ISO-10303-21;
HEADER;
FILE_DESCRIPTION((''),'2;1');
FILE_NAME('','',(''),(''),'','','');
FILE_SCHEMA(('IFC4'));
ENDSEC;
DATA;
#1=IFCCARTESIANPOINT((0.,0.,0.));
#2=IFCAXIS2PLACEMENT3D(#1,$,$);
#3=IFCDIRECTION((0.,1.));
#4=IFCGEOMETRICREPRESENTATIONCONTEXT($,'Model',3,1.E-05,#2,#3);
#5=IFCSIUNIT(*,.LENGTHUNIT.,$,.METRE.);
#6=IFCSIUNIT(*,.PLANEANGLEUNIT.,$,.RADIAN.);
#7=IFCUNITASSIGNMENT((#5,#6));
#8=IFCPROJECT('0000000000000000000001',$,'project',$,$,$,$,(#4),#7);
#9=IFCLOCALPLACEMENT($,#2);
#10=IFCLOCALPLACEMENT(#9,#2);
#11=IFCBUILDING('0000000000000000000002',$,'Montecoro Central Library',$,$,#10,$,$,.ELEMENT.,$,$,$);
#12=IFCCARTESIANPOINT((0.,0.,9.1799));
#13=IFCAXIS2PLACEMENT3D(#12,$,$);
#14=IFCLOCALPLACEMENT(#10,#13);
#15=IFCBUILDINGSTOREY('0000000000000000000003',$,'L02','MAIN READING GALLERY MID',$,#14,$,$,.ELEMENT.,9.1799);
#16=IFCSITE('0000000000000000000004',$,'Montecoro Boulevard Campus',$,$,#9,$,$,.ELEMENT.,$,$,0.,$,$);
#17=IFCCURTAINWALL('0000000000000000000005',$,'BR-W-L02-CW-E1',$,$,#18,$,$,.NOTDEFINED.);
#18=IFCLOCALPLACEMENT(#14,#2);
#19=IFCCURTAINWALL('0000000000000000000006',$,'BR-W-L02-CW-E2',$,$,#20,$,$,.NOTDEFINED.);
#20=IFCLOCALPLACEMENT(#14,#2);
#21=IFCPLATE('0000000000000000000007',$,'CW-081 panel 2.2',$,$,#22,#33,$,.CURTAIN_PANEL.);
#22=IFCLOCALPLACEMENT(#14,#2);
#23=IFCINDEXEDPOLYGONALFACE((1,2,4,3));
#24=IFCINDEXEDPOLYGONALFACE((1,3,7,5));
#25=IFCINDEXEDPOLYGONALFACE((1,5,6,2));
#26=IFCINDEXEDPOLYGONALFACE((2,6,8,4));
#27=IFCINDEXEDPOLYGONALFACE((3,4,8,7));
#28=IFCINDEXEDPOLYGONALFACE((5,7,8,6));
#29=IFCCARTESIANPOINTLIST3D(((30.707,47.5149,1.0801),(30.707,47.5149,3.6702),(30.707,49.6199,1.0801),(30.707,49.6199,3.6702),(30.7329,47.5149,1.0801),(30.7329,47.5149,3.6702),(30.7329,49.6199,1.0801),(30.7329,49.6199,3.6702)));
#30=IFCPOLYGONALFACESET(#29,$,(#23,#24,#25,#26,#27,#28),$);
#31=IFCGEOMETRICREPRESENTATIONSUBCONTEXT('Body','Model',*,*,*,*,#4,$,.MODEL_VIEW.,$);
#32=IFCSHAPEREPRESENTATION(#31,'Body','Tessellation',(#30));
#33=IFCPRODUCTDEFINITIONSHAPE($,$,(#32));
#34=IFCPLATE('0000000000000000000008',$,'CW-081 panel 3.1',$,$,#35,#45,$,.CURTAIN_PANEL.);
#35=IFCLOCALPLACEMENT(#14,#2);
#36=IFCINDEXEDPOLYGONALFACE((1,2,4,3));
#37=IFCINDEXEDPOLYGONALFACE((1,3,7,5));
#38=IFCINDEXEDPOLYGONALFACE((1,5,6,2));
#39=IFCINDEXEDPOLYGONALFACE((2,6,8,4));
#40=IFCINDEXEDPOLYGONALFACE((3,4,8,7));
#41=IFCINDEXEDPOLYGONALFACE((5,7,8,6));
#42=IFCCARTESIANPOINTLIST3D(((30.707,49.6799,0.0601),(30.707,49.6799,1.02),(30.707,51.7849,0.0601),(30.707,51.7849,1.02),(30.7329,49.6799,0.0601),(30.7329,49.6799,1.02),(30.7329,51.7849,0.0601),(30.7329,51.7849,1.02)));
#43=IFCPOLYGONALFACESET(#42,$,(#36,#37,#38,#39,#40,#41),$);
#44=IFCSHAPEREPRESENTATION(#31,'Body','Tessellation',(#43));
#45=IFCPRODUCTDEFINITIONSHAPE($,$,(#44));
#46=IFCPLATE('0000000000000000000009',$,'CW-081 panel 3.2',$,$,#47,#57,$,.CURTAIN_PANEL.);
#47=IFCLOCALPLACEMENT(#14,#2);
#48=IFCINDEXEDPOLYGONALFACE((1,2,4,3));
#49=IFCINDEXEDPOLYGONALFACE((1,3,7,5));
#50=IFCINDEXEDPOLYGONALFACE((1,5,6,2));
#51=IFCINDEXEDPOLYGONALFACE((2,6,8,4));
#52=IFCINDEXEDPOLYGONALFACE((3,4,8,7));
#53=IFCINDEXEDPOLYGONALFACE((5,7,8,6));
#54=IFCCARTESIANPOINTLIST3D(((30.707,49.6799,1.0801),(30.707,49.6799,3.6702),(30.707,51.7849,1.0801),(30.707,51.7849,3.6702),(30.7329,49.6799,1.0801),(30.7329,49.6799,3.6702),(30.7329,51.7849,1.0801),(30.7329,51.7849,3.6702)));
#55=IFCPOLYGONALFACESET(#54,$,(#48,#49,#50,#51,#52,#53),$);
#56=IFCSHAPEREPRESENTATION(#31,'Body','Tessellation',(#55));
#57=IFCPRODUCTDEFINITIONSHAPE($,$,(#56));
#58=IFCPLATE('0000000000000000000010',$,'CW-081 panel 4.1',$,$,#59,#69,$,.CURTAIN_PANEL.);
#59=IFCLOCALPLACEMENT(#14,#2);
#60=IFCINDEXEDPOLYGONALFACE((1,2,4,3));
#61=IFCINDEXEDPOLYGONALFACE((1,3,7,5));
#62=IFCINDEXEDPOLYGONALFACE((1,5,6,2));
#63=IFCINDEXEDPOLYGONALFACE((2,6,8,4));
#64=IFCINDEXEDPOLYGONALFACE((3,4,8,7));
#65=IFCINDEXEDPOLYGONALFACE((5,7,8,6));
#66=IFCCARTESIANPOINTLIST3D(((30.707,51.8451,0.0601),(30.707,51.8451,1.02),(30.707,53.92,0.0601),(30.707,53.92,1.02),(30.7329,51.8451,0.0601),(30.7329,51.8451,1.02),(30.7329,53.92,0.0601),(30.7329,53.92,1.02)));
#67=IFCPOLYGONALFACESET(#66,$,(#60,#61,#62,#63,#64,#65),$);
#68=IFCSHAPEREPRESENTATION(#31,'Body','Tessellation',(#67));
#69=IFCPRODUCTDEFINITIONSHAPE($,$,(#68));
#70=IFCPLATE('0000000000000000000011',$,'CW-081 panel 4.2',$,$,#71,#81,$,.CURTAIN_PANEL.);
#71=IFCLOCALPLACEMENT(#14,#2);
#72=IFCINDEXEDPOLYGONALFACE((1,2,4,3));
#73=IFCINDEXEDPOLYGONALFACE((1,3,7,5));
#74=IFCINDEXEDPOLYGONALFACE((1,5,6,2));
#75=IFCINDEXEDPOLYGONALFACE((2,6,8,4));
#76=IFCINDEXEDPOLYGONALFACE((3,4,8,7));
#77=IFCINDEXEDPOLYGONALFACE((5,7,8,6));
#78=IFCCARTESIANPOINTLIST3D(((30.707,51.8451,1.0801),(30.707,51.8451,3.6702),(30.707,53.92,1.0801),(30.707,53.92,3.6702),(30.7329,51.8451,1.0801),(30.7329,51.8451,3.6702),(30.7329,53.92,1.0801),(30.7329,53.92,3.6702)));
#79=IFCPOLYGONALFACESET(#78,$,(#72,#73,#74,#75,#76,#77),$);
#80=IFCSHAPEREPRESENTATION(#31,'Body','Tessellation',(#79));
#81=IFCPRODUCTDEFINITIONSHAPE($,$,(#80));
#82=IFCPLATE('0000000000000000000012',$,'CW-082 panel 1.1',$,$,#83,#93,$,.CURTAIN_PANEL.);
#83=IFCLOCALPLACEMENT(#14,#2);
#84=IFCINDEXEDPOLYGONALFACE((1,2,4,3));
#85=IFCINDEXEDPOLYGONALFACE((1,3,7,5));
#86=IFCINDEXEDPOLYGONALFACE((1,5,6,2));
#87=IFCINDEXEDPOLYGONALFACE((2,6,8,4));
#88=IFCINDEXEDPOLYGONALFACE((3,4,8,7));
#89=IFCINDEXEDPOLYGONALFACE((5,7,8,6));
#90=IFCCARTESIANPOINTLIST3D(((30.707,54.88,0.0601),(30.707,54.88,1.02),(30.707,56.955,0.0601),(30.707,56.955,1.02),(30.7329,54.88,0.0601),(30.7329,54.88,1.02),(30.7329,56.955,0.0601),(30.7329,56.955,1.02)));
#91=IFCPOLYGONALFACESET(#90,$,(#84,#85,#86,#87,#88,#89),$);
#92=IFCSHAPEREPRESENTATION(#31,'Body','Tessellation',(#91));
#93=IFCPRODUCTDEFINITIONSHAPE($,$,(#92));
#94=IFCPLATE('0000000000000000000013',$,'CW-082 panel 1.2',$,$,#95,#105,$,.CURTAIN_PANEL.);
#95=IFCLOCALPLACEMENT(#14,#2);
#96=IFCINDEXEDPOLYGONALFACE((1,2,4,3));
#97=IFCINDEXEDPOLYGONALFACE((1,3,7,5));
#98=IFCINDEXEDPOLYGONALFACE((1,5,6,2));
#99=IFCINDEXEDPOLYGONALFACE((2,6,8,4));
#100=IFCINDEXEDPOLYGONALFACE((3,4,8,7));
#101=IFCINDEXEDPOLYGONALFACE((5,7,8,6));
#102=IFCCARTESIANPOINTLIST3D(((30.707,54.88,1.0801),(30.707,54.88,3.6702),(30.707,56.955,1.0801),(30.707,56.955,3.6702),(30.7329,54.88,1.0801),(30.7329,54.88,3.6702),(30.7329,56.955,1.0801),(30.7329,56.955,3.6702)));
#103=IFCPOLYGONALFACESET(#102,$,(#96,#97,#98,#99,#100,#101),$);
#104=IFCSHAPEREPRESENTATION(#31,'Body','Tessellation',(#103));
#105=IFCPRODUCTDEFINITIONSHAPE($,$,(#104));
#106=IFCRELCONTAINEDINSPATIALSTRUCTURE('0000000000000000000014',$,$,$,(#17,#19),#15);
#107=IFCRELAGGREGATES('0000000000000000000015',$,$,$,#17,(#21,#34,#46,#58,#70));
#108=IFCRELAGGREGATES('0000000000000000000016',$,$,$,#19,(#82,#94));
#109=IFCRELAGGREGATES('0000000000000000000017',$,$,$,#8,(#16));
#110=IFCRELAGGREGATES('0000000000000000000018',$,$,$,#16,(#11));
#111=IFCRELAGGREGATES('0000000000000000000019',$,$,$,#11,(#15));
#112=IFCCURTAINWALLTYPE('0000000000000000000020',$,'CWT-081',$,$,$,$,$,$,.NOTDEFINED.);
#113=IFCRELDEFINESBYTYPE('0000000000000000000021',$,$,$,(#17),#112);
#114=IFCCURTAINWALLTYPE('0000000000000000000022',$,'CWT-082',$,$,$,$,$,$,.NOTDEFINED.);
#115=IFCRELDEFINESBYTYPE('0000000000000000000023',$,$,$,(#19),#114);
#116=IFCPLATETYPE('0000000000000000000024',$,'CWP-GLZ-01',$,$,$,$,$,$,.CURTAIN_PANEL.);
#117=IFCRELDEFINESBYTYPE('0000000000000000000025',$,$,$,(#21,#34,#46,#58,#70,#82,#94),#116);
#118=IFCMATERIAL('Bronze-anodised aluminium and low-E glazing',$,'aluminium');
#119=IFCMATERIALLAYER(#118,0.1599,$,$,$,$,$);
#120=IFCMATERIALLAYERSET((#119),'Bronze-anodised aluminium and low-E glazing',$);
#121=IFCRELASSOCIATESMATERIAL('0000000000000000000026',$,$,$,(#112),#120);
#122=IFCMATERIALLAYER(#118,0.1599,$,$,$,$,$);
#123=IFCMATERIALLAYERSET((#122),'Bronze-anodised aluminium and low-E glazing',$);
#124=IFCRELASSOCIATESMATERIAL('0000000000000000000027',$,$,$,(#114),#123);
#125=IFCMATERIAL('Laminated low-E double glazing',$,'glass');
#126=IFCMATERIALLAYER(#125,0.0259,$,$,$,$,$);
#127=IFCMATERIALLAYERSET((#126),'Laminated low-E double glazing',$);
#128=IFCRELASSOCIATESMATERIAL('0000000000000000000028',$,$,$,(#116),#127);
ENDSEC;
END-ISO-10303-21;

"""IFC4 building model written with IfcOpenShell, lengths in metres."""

from ifc_helpers import new_model, si_unit, direction, frame, origin, origin_2d, place, context, subcontext, project, spatial, rectangle, extrude, material, layer, layer_set, type_object, element, aggregate, save


model = new_model("IFC4")

# Units and contexts
model_context = context("Model", 3, precision=1e-05, world=origin(), true_north=direction((0.0, 1.0)))
body_context = subcontext(model_context, "Body", "Model", "MODEL_VIEW")
ifc_project = project(units=[si_unit("LENGTHUNIT", "METRE"), si_unit("PLANEANGLEUNIT", "RADIAN")], contexts=[model_context])

# Site, building, storey
site_placement = place(None, origin())
site = spatial("IfcSite", under=ifc_project, at=site_placement, Name="Montecoro Boulevard Campus", CompositionType="ELEMENT", RefElevation=0.0)
building_placement = place(site_placement, origin())
building = spatial("IfcBuilding", under=site, at=building_placement, Name="Montecoro Central Library", CompositionType="ELEMENT")
storey_placement = place(building_placement, frame((0.0, 0.0, 9.1799)))
storey = spatial("IfcBuildingStorey", under=building, at=storey_placement, Name="L02", Description="MAIN READING GALLERY MID", CompositionType="ELEMENT", Elevation=9.1799)

# Curtain walls
ifc_material_1 = material(Name="Bronze-anodised aluminium and low-E glazing", Category="aluminium")
ifc_layer_1 = layer(ifc_material_1, 0.1599)
ifc_layer_set_1 = layer_set([ifc_layer_1], Name="Bronze-anodised aluminium and low-E glazing")
curtain_wall_type_1 = type_object("IfcCurtainWallType", Name="CWT-081", PredefinedType="NOTDEFINED", material=ifc_layer_set_1)
curtain_wall_1_placement = place(storey_placement, origin())
curtain_wall_1 = element("IfcCurtainWall", 1, at=curtain_wall_1_placement, inside=storey, type_object=curtain_wall_type_1, Name="BR-W-L02-CW-E1", PredefinedType="NOTDEFINED")
ifc_layer_2 = layer(ifc_material_1, 0.1599)
ifc_layer_set_2 = layer_set([ifc_layer_2], Name="Bronze-anodised aluminium and low-E glazing")
curtain_wall_type_2 = type_object("IfcCurtainWallType", Name="CWT-082", PredefinedType="NOTDEFINED", material=ifc_layer_set_2)
curtain_wall_2_placement = place(storey_placement, origin())
curtain_wall_2 = element("IfcCurtainWall", 2, at=curtain_wall_2_placement, inside=storey, type_object=curtain_wall_type_2, Name="BR-W-L02-CW-E2", PredefinedType="NOTDEFINED")

# Plates
ifc_material_2 = material(Name="Laminated low-E double glazing", Category="glass")
ifc_layer_3 = layer(ifc_material_2, 0.0259)
ifc_layer_set_3 = layer_set([ifc_layer_3], Name="Laminated low-E double glazing")
plate_type = type_object("IfcPlateType", Name="CWP-GLZ-01", PredefinedType="CURTAIN_PANEL", material=ifc_layer_set_3)
plate_1_placement = place(storey_placement, frame((30.72, 48.5674, 1.0801), z_axis=(0.0, 0.0, 1.0), x_axis=(0.0, 1.0, 0.0)))
plate_1 = element("IfcPlate", 3, at=plate_1_placement, type_object=plate_type, Name="CW-081 panel 2.2", PredefinedType="CURTAIN_PANEL", context=body_context, shape_type="SweptSolid", body=[
    extrude(rectangle(XDim=2.105, YDim=0.0259, at=origin_2d()), origin(), (0.0, 0.0, 1.0), 2.5901),
])
plate_2_placement = place(storey_placement, frame((30.72, 50.7324, 0.0601), z_axis=(0.0, 0.0, 1.0), x_axis=(0.0, 1.0, 0.0)))
plate_2 = element("IfcPlate", 4, at=plate_2_placement, type_object=plate_type, Name="CW-081 panel 3.1", PredefinedType="CURTAIN_PANEL", context=body_context, shape_type="SweptSolid", body=[
    extrude(rectangle(XDim=2.105, YDim=0.0259, at=origin_2d()), origin(), (0.0, 0.0, 1.0), 0.96),
])
plate_3_placement = place(storey_placement, frame((30.72, 50.7324, 1.0801), z_axis=(0.0, 0.0, 1.0), x_axis=(0.0, 1.0, 0.0)))
plate_3 = element("IfcPlate", 5, at=plate_3_placement, type_object=plate_type, Name="CW-081 panel 3.2", PredefinedType="CURTAIN_PANEL", context=body_context, shape_type="SweptSolid", body=[
    extrude(rectangle(XDim=2.105, YDim=0.0259, at=origin_2d()), origin(), (0.0, 0.0, 1.0), 2.5901),
])
plate_4_placement = place(storey_placement, frame((30.72, 52.8826, 0.0601), z_axis=(0.0, 0.0, 1.0), x_axis=(0.0, 1.0, 0.0)))
plate_4 = element("IfcPlate", 6, at=plate_4_placement, type_object=plate_type, Name="CW-081 panel 4.1", PredefinedType="CURTAIN_PANEL", context=body_context, shape_type="SweptSolid", body=[
    extrude(rectangle(XDim=2.075, YDim=0.0259, at=origin_2d()), origin(), (0.0, 0.0, 1.0), 0.96),
])
plate_5_placement = place(storey_placement, frame((30.72, 52.8826, 1.0801), z_axis=(0.0, 0.0, 1.0), x_axis=(0.0, 1.0, 0.0)))
plate_5 = element("IfcPlate", 7, at=plate_5_placement, type_object=plate_type, Name="CW-081 panel 4.2", PredefinedType="CURTAIN_PANEL", context=body_context, shape_type="SweptSolid", body=[
    extrude(rectangle(XDim=2.075, YDim=0.0259, at=origin_2d()), origin(), (0.0, 0.0, 1.0), 2.5901),
])
aggregate(curtain_wall_1, [plate_1, plate_2, plate_3, plate_4, plate_5])
plate_6_placement = place(storey_placement, frame((30.72, 55.9175, 0.0601), z_axis=(0.0, 0.0, 1.0), x_axis=(0.0, 1.0, 0.0)))
plate_6 = element("IfcPlate", 8, at=plate_6_placement, type_object=plate_type, Name="CW-082 panel 1.1", PredefinedType="CURTAIN_PANEL", context=body_context, shape_type="SweptSolid", body=[
    extrude(rectangle(XDim=2.075, YDim=0.0259, at=origin_2d()), origin(), (0.0, 0.0, 1.0), 0.96),
])
plate_7_placement = place(storey_placement, frame((30.72, 55.9175, 1.0801), z_axis=(0.0, 0.0, 1.0), x_axis=(0.0, 1.0, 0.0)))
plate_7 = element("IfcPlate", 9, at=plate_7_placement, type_object=plate_type, Name="CW-082 panel 1.2", PredefinedType="CURTAIN_PANEL", context=body_context, shape_type="SweptSolid", body=[
    extrude(rectangle(XDim=2.075, YDim=0.0259, at=origin_2d()), origin(), (0.0, 0.0, 1.0), 2.5901),
])
aggregate(curtain_wall_2, [plate_6, plate_7])

save(model, "model.ifc")
